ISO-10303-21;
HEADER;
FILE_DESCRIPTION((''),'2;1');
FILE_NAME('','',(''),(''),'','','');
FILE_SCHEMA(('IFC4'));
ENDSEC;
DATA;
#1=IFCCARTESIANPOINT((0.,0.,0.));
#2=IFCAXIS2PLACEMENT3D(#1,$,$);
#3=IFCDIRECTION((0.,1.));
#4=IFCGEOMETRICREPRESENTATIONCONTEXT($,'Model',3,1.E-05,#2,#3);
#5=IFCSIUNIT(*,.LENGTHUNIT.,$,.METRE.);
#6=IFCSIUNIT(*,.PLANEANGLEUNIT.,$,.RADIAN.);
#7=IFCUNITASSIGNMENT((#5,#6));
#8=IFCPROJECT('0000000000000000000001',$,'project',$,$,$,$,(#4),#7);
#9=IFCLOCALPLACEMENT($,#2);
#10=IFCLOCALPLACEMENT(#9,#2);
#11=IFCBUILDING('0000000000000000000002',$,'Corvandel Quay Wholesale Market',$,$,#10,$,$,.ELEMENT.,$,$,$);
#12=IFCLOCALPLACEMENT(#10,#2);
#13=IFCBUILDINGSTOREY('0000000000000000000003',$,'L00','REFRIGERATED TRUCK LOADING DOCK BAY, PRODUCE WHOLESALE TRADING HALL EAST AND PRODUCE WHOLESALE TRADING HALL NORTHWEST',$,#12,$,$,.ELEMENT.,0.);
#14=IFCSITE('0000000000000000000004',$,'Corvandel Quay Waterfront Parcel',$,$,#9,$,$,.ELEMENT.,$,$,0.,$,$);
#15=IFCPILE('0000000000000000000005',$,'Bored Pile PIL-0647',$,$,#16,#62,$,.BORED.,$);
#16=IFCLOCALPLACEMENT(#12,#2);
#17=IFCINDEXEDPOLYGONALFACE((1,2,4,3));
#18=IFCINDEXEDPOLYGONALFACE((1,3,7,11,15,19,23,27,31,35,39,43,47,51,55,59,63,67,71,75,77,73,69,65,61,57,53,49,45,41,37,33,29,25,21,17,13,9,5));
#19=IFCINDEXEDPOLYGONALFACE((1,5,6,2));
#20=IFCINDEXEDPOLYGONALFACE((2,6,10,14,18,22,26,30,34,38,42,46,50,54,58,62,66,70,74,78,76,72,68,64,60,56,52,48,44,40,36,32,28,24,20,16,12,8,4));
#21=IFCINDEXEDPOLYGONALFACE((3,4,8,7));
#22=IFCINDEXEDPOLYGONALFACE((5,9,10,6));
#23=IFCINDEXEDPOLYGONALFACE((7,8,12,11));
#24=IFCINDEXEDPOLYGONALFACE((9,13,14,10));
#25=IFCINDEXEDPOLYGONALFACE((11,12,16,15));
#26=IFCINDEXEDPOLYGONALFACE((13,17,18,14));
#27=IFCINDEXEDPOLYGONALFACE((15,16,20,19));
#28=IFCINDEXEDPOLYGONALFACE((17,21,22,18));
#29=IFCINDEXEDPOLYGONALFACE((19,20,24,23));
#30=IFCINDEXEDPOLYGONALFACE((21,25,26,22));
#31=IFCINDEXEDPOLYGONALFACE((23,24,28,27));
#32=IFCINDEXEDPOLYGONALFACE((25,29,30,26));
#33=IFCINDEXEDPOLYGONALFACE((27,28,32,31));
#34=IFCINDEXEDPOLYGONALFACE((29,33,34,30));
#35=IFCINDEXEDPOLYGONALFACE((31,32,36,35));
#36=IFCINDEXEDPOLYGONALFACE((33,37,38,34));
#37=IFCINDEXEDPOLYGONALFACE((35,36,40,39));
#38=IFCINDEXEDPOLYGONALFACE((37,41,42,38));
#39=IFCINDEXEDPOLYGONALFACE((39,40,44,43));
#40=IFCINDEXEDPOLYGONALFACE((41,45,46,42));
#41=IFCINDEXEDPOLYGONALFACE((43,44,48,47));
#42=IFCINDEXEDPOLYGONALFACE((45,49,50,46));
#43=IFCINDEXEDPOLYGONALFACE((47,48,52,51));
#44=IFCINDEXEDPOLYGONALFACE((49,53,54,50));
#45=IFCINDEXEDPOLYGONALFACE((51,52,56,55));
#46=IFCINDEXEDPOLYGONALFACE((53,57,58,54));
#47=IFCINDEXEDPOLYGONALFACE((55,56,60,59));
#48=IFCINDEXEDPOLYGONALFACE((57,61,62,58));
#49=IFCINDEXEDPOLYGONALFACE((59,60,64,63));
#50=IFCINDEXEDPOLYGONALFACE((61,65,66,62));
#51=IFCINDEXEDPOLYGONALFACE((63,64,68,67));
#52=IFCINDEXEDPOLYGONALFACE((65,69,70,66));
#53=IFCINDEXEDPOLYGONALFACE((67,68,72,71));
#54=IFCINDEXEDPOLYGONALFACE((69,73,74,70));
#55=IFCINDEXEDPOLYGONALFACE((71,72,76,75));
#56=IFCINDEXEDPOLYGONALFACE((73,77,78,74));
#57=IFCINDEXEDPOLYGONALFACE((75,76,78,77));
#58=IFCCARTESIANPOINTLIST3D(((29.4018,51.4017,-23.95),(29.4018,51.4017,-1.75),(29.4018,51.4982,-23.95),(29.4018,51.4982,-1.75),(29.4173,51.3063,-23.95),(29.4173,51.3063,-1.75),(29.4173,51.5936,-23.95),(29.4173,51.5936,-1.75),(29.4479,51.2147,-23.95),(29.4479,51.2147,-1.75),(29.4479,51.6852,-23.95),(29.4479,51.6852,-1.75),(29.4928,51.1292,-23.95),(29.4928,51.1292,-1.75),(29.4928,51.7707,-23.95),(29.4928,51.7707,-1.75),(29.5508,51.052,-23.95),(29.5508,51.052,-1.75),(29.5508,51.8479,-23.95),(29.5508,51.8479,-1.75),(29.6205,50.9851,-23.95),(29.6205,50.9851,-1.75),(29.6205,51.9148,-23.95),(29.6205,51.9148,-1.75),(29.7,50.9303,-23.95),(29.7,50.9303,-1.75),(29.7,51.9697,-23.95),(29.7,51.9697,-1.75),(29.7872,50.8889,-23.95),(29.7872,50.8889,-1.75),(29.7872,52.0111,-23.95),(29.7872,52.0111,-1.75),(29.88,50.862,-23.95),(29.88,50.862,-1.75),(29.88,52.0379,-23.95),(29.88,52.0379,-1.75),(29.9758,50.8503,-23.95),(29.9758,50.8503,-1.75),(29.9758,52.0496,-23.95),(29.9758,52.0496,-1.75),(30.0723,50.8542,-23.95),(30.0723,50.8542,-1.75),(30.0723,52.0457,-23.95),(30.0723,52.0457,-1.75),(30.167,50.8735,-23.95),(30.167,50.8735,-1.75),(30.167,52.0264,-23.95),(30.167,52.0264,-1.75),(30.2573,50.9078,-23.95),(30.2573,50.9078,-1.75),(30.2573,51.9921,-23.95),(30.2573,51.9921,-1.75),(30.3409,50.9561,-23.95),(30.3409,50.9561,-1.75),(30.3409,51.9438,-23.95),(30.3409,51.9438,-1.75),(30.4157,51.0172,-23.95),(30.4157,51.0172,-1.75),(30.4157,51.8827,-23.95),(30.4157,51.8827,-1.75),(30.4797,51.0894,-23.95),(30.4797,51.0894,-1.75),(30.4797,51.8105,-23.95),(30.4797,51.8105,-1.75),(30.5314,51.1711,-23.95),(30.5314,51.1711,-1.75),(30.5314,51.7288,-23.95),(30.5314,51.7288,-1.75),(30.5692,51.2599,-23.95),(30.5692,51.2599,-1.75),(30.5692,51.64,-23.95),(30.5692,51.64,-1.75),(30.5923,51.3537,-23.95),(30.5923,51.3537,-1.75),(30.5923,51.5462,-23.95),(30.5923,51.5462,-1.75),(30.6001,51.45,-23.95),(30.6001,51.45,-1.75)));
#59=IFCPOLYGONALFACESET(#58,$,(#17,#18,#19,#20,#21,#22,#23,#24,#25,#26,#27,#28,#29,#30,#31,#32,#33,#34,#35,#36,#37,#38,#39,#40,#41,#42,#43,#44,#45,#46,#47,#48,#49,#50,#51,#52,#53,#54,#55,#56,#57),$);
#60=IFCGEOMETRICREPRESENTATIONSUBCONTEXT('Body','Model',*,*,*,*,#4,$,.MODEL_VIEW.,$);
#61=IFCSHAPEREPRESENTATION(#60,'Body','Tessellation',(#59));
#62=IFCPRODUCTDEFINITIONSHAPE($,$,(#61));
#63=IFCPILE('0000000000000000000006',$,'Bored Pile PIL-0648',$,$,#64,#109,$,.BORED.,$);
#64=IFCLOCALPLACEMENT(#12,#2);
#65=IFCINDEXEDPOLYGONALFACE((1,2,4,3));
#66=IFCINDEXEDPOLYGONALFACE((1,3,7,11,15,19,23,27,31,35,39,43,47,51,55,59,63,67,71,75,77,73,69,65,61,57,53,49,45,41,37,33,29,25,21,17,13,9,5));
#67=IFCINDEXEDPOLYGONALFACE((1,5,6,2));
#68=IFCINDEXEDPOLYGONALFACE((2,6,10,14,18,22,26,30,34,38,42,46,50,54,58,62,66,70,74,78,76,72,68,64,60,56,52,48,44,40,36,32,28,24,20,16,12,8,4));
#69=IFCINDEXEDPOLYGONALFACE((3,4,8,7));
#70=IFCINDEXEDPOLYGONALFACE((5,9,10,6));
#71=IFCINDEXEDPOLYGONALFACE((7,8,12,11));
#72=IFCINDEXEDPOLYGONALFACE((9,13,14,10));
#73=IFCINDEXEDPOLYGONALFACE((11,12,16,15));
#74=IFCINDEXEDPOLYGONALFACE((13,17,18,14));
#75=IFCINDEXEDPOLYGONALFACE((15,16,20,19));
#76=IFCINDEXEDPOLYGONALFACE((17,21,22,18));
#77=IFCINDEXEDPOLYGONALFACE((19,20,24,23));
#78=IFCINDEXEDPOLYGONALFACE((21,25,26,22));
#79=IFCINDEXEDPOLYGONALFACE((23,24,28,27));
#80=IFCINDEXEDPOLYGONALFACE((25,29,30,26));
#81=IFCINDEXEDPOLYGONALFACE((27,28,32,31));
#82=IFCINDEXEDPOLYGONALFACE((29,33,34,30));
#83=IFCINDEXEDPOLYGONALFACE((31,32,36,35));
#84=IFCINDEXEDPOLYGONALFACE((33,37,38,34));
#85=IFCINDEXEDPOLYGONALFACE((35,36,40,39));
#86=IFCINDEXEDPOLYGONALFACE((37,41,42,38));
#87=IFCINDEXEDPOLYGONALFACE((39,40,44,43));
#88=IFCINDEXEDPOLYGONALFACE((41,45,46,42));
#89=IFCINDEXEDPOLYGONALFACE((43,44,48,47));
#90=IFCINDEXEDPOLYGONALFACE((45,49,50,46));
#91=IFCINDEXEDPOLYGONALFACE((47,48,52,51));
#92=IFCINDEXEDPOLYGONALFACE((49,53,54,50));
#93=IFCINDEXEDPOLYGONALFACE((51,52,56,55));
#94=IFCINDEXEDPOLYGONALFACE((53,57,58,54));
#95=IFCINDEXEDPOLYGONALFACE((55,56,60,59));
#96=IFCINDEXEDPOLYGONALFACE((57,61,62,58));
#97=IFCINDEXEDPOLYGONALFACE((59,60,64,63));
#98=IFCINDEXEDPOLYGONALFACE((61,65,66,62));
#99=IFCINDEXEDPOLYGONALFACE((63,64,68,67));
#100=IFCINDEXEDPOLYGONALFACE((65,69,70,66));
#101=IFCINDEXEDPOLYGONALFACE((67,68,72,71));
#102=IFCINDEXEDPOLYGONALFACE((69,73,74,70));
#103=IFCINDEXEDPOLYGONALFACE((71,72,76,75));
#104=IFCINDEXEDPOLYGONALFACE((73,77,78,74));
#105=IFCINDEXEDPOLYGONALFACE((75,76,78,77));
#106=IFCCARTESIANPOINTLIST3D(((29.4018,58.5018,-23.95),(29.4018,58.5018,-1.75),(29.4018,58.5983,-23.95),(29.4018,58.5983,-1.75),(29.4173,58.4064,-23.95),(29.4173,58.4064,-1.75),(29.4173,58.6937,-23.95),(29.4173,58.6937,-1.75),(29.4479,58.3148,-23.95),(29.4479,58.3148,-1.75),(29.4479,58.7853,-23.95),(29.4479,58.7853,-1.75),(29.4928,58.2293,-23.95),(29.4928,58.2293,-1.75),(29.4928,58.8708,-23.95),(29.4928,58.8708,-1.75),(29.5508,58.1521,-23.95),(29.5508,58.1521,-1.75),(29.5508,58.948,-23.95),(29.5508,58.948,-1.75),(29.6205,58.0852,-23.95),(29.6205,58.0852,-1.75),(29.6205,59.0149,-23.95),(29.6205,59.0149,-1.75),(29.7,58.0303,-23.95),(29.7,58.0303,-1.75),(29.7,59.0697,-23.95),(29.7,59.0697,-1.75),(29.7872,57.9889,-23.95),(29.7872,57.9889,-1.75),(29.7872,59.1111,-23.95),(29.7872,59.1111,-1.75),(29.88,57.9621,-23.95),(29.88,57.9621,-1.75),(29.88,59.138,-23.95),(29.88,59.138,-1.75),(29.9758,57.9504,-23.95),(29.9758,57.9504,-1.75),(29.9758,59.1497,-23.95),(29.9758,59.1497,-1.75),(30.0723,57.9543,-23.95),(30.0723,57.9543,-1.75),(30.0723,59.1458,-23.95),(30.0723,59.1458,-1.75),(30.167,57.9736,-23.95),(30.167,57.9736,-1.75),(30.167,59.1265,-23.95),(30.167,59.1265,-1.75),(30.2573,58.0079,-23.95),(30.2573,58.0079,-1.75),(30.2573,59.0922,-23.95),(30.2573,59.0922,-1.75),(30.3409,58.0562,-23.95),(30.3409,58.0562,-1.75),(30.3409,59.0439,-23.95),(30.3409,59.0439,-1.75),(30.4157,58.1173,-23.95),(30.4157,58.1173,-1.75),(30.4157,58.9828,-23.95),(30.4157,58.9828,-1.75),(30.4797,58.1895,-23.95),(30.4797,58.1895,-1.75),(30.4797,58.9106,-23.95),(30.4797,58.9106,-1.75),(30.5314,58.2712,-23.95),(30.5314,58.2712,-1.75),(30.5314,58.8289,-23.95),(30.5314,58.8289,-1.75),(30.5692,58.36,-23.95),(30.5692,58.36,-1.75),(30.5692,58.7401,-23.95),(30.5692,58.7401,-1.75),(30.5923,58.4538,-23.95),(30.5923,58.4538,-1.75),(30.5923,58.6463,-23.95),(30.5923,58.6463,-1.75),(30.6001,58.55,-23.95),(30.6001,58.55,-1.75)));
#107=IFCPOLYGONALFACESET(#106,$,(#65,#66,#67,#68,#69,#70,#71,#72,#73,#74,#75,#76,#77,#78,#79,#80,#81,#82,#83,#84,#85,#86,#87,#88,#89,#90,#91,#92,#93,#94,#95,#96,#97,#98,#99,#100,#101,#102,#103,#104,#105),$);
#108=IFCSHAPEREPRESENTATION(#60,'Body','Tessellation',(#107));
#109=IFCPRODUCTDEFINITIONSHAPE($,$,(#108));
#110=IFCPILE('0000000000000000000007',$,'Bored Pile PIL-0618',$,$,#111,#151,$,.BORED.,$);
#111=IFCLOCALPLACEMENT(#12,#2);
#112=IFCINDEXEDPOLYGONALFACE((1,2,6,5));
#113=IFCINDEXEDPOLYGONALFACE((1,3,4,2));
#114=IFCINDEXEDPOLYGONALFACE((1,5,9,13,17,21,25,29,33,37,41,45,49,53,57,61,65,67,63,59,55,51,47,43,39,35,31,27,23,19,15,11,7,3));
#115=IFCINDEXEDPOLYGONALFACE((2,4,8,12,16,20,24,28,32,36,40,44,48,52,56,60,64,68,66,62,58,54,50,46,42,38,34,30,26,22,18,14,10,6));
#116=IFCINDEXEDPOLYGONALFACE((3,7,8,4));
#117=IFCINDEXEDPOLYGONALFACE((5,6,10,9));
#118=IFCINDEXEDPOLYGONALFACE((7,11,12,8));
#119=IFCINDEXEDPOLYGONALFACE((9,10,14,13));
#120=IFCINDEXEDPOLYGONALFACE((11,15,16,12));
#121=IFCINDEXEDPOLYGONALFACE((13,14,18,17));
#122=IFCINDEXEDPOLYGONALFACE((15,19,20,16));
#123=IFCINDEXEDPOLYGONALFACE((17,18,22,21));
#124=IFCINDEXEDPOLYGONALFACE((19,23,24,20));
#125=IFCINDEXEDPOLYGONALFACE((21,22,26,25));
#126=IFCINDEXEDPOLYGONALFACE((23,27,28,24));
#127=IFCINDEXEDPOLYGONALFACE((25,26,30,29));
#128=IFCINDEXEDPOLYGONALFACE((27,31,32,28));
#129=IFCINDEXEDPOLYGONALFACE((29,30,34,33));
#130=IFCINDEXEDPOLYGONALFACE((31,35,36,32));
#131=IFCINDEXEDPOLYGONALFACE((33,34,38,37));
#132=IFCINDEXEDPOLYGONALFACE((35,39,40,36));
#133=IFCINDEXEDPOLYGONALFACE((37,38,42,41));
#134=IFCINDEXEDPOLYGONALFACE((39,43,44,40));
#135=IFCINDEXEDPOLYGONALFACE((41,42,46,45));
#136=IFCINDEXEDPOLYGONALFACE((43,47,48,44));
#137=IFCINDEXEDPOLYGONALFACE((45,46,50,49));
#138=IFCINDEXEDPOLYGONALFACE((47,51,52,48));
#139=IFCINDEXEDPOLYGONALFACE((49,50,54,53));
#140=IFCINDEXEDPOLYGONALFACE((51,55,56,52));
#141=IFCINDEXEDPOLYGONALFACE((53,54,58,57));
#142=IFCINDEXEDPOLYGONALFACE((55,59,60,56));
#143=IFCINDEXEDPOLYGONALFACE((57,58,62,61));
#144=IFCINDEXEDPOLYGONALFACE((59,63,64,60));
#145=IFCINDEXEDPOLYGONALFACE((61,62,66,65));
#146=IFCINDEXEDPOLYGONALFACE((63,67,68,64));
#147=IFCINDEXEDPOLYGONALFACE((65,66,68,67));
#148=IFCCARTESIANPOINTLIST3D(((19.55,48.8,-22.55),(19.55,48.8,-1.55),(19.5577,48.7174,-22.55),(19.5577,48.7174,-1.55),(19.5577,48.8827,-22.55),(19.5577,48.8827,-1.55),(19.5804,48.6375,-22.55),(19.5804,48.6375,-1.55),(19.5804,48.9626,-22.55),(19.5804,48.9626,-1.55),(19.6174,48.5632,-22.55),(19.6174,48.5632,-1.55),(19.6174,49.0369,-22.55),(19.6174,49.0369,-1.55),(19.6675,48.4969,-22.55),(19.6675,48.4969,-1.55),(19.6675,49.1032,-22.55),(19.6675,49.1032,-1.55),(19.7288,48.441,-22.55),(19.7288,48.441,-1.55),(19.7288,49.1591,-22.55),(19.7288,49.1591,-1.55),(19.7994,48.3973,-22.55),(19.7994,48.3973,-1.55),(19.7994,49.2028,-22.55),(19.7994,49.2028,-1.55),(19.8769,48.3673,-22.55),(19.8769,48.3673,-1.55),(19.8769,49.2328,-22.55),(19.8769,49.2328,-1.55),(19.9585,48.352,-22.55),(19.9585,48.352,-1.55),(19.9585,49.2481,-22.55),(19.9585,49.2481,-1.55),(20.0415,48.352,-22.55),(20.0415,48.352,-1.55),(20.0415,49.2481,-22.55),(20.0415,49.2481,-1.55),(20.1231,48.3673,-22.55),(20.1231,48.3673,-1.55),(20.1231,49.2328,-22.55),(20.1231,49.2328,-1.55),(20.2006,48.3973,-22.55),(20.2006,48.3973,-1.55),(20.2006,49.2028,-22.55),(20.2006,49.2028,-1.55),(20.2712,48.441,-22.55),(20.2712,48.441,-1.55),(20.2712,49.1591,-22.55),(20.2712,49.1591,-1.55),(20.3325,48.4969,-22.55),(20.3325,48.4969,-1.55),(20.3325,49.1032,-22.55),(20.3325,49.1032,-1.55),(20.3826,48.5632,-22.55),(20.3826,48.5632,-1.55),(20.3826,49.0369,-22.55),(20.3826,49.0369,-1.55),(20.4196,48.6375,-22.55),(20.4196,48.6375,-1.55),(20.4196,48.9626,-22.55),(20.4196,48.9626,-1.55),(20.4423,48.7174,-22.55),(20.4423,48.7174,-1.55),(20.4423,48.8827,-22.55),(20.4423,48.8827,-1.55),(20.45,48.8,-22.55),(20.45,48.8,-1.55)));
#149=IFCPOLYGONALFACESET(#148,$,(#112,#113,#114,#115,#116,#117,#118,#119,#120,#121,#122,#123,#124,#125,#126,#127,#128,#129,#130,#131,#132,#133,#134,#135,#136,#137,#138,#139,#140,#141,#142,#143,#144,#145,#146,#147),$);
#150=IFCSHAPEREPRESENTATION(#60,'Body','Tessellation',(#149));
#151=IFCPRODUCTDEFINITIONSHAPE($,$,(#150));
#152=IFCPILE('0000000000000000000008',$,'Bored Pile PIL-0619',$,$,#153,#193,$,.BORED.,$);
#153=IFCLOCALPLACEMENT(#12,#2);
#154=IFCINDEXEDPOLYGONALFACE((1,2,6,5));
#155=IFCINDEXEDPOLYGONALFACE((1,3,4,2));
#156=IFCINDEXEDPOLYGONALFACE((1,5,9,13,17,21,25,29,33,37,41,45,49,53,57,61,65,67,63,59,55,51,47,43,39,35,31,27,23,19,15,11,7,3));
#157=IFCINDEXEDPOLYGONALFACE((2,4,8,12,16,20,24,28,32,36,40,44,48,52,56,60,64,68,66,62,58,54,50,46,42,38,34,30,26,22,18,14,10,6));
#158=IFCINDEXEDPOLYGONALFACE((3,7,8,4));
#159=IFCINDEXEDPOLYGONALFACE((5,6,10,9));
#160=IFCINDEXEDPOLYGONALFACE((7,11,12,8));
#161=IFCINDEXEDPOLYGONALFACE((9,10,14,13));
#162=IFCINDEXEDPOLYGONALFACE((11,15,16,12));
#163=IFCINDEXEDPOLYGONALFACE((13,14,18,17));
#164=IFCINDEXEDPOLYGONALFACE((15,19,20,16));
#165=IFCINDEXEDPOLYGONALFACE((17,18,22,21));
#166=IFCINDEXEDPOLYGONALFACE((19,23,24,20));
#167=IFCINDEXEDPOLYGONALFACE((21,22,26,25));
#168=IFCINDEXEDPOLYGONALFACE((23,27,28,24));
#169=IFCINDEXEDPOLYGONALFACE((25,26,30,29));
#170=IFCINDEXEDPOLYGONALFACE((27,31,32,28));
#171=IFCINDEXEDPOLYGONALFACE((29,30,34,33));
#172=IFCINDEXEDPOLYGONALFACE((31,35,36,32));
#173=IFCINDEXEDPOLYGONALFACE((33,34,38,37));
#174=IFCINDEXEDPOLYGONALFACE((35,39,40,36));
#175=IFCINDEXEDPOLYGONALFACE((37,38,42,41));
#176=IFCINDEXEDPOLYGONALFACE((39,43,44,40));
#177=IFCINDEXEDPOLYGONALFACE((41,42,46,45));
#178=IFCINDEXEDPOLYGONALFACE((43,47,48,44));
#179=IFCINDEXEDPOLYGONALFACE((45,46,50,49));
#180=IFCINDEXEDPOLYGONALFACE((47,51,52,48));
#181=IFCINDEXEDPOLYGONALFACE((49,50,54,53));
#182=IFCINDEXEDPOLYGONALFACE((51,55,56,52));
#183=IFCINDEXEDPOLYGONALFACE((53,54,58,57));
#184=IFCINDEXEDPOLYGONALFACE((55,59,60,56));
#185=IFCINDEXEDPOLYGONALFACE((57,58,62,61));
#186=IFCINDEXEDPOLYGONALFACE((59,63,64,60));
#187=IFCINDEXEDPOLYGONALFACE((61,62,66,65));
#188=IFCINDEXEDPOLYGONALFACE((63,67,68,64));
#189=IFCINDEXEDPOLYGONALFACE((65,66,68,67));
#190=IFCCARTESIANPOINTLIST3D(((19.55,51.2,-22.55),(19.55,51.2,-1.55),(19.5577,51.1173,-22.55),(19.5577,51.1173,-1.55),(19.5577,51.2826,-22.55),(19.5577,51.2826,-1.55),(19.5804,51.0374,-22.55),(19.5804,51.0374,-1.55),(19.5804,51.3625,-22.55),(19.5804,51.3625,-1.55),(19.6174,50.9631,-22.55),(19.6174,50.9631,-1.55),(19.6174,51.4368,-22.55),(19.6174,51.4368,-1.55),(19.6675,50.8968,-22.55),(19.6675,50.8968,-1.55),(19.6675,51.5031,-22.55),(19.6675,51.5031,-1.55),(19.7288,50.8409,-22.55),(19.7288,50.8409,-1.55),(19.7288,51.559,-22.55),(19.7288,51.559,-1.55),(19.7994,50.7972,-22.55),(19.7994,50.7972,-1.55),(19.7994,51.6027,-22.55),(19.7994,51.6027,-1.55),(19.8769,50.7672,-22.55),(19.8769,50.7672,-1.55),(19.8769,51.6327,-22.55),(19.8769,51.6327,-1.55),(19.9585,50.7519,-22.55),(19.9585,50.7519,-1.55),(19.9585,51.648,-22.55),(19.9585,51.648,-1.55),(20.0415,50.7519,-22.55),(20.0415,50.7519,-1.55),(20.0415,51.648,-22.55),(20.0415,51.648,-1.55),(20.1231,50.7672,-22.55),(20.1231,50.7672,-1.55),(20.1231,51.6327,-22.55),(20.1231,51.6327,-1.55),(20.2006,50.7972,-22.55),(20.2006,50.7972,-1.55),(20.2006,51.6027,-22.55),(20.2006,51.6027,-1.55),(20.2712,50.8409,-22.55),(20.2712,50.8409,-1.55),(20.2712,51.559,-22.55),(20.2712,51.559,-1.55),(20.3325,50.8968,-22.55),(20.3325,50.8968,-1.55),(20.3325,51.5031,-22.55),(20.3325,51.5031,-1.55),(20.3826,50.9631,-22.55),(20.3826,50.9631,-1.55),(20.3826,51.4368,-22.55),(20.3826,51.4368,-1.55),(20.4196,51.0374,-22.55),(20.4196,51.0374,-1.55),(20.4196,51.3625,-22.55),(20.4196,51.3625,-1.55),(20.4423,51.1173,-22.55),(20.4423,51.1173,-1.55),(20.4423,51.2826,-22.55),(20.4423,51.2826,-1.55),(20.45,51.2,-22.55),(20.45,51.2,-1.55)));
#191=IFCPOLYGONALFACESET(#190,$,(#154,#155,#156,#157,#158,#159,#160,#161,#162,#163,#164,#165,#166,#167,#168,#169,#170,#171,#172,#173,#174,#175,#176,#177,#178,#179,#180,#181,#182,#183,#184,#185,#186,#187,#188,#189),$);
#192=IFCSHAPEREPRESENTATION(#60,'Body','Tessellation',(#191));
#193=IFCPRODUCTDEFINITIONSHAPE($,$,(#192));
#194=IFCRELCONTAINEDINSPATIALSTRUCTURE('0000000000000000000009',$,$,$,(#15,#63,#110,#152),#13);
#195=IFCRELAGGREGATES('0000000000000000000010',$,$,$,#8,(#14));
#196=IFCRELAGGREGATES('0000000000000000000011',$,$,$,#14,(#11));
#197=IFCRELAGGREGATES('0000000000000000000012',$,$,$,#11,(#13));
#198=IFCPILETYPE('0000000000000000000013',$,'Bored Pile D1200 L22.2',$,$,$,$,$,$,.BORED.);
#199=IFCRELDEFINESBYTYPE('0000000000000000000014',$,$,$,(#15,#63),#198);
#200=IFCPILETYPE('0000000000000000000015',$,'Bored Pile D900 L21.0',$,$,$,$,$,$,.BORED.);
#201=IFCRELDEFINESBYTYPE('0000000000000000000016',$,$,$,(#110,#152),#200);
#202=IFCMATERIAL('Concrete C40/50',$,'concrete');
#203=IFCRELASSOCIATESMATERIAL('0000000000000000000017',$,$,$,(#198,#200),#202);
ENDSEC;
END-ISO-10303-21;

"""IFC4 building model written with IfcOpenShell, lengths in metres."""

from ifc_helpers import new_model, si_unit, direction, frame, origin, origin_2d, place, context, subcontext, project, spatial, circle, extrude, material, material_profile, profile_set, type_object, element, save


model = new_model("IFC4")

# Units and contexts
model_context = context("Model", 3, precision=1e-05, world=origin(), true_north=direction((0.0, 1.0)))
body_context = subcontext(model_context, "Body", "Model", "MODEL_VIEW")
ifc_project = project(units=[si_unit("LENGTHUNIT", "METRE"), si_unit("PLANEANGLEUNIT", "RADIAN")], contexts=[model_context])

# Site, building, storey
site_placement = place(None, origin())
site = spatial("IfcSite", under=ifc_project, at=site_placement, Name="Corvandel Quay Waterfront Parcel", CompositionType="ELEMENT", RefElevation=0.0)
building_placement = place(site_placement, origin())
building = spatial("IfcBuilding", under=site, at=building_placement, Name="Corvandel Quay Wholesale Market", CompositionType="ELEMENT")
storey_placement = place(building_placement, origin())
storey = spatial("IfcBuildingStorey", under=building, at=storey_placement, Name="L00", Description="REFRIGERATED TRUCK LOADING DOCK BAY, PRODUCE WHOLESALE TRADING HALL EAST AND PRODUCE WHOLESALE TRADING HALL NORTHWEST", CompositionType="ELEMENT", Elevation=0.0)

# Piles
ifc_material_1 = material(Name="Concrete C40/50", Category="concrete")
ifc_material_profile_1 = material_profile(ifc_material_1, circle(Radius=0.6001, at=origin_2d()), Name="RC-PILE-D1200")
ifc_profile_set_1 = profile_set([ifc_material_profile_1], Name="Concrete C40/50")
pile_type_1 = type_object("IfcPileType", Name="Bored Pile D1200 L22.2", PredefinedType="BORED", material=ifc_profile_set_1)
for number, where, z_axis, x_axis, name in (
    (1, (30.0, 51.45, -1.75), (0.0, 0.0, -1.0), (1.0, 0.0, 0.0), "Bored Pile PIL-0647"),
    (2, (30.0, 58.55, -1.75), (0.0, 0.0, -1.0), (1.0, 0.0, 0.0), "Bored Pile PIL-0648"),
):
    element("IfcPile", number, at=place(storey_placement, frame(where, z_axis=z_axis, x_axis=x_axis)), inside=storey, type_object=pile_type_1, Name=name, PredefinedType="BORED", context=body_context, shape_type="SweptSolid", body=[
        extrude(circle(Radius=0.6001, at=origin_2d()), origin(), (0.0, 0.0, 1.0), 22.2),
    ])
ifc_material_profile_2 = material_profile(ifc_material_1, circle(Radius=0.45, at=origin_2d()), Name="RC-PILE-D900")
ifc_profile_set_2 = profile_set([ifc_material_profile_2], Name="Concrete C40/50")
pile_type_2 = type_object("IfcPileType", Name="Bored Pile D900 L21.0", PredefinedType="BORED", material=ifc_profile_set_2)
for number, where, z_axis, x_axis, name in (
    (3, (20.0, 48.8, -1.55), (0.0, 0.0, -1.0), (1.0, 0.0, 0.0), "Bored Pile PIL-0618"),
    (4, (20.0, 51.2, -1.55), (0.0, 0.0, -1.0), (1.0, 0.0, 0.0), "Bored Pile PIL-0619"),
):
    element("IfcPile", number, at=place(storey_placement, frame(where, z_axis=z_axis, x_axis=x_axis)), inside=storey, type_object=pile_type_2, Name=name, PredefinedType="BORED", context=body_context, shape_type="SweptSolid", body=[
        extrude(circle(Radius=0.45, at=origin_2d()), origin(), (0.0, 0.0, 1.0), 21.0),
    ])

save(model, "model.ifc")
